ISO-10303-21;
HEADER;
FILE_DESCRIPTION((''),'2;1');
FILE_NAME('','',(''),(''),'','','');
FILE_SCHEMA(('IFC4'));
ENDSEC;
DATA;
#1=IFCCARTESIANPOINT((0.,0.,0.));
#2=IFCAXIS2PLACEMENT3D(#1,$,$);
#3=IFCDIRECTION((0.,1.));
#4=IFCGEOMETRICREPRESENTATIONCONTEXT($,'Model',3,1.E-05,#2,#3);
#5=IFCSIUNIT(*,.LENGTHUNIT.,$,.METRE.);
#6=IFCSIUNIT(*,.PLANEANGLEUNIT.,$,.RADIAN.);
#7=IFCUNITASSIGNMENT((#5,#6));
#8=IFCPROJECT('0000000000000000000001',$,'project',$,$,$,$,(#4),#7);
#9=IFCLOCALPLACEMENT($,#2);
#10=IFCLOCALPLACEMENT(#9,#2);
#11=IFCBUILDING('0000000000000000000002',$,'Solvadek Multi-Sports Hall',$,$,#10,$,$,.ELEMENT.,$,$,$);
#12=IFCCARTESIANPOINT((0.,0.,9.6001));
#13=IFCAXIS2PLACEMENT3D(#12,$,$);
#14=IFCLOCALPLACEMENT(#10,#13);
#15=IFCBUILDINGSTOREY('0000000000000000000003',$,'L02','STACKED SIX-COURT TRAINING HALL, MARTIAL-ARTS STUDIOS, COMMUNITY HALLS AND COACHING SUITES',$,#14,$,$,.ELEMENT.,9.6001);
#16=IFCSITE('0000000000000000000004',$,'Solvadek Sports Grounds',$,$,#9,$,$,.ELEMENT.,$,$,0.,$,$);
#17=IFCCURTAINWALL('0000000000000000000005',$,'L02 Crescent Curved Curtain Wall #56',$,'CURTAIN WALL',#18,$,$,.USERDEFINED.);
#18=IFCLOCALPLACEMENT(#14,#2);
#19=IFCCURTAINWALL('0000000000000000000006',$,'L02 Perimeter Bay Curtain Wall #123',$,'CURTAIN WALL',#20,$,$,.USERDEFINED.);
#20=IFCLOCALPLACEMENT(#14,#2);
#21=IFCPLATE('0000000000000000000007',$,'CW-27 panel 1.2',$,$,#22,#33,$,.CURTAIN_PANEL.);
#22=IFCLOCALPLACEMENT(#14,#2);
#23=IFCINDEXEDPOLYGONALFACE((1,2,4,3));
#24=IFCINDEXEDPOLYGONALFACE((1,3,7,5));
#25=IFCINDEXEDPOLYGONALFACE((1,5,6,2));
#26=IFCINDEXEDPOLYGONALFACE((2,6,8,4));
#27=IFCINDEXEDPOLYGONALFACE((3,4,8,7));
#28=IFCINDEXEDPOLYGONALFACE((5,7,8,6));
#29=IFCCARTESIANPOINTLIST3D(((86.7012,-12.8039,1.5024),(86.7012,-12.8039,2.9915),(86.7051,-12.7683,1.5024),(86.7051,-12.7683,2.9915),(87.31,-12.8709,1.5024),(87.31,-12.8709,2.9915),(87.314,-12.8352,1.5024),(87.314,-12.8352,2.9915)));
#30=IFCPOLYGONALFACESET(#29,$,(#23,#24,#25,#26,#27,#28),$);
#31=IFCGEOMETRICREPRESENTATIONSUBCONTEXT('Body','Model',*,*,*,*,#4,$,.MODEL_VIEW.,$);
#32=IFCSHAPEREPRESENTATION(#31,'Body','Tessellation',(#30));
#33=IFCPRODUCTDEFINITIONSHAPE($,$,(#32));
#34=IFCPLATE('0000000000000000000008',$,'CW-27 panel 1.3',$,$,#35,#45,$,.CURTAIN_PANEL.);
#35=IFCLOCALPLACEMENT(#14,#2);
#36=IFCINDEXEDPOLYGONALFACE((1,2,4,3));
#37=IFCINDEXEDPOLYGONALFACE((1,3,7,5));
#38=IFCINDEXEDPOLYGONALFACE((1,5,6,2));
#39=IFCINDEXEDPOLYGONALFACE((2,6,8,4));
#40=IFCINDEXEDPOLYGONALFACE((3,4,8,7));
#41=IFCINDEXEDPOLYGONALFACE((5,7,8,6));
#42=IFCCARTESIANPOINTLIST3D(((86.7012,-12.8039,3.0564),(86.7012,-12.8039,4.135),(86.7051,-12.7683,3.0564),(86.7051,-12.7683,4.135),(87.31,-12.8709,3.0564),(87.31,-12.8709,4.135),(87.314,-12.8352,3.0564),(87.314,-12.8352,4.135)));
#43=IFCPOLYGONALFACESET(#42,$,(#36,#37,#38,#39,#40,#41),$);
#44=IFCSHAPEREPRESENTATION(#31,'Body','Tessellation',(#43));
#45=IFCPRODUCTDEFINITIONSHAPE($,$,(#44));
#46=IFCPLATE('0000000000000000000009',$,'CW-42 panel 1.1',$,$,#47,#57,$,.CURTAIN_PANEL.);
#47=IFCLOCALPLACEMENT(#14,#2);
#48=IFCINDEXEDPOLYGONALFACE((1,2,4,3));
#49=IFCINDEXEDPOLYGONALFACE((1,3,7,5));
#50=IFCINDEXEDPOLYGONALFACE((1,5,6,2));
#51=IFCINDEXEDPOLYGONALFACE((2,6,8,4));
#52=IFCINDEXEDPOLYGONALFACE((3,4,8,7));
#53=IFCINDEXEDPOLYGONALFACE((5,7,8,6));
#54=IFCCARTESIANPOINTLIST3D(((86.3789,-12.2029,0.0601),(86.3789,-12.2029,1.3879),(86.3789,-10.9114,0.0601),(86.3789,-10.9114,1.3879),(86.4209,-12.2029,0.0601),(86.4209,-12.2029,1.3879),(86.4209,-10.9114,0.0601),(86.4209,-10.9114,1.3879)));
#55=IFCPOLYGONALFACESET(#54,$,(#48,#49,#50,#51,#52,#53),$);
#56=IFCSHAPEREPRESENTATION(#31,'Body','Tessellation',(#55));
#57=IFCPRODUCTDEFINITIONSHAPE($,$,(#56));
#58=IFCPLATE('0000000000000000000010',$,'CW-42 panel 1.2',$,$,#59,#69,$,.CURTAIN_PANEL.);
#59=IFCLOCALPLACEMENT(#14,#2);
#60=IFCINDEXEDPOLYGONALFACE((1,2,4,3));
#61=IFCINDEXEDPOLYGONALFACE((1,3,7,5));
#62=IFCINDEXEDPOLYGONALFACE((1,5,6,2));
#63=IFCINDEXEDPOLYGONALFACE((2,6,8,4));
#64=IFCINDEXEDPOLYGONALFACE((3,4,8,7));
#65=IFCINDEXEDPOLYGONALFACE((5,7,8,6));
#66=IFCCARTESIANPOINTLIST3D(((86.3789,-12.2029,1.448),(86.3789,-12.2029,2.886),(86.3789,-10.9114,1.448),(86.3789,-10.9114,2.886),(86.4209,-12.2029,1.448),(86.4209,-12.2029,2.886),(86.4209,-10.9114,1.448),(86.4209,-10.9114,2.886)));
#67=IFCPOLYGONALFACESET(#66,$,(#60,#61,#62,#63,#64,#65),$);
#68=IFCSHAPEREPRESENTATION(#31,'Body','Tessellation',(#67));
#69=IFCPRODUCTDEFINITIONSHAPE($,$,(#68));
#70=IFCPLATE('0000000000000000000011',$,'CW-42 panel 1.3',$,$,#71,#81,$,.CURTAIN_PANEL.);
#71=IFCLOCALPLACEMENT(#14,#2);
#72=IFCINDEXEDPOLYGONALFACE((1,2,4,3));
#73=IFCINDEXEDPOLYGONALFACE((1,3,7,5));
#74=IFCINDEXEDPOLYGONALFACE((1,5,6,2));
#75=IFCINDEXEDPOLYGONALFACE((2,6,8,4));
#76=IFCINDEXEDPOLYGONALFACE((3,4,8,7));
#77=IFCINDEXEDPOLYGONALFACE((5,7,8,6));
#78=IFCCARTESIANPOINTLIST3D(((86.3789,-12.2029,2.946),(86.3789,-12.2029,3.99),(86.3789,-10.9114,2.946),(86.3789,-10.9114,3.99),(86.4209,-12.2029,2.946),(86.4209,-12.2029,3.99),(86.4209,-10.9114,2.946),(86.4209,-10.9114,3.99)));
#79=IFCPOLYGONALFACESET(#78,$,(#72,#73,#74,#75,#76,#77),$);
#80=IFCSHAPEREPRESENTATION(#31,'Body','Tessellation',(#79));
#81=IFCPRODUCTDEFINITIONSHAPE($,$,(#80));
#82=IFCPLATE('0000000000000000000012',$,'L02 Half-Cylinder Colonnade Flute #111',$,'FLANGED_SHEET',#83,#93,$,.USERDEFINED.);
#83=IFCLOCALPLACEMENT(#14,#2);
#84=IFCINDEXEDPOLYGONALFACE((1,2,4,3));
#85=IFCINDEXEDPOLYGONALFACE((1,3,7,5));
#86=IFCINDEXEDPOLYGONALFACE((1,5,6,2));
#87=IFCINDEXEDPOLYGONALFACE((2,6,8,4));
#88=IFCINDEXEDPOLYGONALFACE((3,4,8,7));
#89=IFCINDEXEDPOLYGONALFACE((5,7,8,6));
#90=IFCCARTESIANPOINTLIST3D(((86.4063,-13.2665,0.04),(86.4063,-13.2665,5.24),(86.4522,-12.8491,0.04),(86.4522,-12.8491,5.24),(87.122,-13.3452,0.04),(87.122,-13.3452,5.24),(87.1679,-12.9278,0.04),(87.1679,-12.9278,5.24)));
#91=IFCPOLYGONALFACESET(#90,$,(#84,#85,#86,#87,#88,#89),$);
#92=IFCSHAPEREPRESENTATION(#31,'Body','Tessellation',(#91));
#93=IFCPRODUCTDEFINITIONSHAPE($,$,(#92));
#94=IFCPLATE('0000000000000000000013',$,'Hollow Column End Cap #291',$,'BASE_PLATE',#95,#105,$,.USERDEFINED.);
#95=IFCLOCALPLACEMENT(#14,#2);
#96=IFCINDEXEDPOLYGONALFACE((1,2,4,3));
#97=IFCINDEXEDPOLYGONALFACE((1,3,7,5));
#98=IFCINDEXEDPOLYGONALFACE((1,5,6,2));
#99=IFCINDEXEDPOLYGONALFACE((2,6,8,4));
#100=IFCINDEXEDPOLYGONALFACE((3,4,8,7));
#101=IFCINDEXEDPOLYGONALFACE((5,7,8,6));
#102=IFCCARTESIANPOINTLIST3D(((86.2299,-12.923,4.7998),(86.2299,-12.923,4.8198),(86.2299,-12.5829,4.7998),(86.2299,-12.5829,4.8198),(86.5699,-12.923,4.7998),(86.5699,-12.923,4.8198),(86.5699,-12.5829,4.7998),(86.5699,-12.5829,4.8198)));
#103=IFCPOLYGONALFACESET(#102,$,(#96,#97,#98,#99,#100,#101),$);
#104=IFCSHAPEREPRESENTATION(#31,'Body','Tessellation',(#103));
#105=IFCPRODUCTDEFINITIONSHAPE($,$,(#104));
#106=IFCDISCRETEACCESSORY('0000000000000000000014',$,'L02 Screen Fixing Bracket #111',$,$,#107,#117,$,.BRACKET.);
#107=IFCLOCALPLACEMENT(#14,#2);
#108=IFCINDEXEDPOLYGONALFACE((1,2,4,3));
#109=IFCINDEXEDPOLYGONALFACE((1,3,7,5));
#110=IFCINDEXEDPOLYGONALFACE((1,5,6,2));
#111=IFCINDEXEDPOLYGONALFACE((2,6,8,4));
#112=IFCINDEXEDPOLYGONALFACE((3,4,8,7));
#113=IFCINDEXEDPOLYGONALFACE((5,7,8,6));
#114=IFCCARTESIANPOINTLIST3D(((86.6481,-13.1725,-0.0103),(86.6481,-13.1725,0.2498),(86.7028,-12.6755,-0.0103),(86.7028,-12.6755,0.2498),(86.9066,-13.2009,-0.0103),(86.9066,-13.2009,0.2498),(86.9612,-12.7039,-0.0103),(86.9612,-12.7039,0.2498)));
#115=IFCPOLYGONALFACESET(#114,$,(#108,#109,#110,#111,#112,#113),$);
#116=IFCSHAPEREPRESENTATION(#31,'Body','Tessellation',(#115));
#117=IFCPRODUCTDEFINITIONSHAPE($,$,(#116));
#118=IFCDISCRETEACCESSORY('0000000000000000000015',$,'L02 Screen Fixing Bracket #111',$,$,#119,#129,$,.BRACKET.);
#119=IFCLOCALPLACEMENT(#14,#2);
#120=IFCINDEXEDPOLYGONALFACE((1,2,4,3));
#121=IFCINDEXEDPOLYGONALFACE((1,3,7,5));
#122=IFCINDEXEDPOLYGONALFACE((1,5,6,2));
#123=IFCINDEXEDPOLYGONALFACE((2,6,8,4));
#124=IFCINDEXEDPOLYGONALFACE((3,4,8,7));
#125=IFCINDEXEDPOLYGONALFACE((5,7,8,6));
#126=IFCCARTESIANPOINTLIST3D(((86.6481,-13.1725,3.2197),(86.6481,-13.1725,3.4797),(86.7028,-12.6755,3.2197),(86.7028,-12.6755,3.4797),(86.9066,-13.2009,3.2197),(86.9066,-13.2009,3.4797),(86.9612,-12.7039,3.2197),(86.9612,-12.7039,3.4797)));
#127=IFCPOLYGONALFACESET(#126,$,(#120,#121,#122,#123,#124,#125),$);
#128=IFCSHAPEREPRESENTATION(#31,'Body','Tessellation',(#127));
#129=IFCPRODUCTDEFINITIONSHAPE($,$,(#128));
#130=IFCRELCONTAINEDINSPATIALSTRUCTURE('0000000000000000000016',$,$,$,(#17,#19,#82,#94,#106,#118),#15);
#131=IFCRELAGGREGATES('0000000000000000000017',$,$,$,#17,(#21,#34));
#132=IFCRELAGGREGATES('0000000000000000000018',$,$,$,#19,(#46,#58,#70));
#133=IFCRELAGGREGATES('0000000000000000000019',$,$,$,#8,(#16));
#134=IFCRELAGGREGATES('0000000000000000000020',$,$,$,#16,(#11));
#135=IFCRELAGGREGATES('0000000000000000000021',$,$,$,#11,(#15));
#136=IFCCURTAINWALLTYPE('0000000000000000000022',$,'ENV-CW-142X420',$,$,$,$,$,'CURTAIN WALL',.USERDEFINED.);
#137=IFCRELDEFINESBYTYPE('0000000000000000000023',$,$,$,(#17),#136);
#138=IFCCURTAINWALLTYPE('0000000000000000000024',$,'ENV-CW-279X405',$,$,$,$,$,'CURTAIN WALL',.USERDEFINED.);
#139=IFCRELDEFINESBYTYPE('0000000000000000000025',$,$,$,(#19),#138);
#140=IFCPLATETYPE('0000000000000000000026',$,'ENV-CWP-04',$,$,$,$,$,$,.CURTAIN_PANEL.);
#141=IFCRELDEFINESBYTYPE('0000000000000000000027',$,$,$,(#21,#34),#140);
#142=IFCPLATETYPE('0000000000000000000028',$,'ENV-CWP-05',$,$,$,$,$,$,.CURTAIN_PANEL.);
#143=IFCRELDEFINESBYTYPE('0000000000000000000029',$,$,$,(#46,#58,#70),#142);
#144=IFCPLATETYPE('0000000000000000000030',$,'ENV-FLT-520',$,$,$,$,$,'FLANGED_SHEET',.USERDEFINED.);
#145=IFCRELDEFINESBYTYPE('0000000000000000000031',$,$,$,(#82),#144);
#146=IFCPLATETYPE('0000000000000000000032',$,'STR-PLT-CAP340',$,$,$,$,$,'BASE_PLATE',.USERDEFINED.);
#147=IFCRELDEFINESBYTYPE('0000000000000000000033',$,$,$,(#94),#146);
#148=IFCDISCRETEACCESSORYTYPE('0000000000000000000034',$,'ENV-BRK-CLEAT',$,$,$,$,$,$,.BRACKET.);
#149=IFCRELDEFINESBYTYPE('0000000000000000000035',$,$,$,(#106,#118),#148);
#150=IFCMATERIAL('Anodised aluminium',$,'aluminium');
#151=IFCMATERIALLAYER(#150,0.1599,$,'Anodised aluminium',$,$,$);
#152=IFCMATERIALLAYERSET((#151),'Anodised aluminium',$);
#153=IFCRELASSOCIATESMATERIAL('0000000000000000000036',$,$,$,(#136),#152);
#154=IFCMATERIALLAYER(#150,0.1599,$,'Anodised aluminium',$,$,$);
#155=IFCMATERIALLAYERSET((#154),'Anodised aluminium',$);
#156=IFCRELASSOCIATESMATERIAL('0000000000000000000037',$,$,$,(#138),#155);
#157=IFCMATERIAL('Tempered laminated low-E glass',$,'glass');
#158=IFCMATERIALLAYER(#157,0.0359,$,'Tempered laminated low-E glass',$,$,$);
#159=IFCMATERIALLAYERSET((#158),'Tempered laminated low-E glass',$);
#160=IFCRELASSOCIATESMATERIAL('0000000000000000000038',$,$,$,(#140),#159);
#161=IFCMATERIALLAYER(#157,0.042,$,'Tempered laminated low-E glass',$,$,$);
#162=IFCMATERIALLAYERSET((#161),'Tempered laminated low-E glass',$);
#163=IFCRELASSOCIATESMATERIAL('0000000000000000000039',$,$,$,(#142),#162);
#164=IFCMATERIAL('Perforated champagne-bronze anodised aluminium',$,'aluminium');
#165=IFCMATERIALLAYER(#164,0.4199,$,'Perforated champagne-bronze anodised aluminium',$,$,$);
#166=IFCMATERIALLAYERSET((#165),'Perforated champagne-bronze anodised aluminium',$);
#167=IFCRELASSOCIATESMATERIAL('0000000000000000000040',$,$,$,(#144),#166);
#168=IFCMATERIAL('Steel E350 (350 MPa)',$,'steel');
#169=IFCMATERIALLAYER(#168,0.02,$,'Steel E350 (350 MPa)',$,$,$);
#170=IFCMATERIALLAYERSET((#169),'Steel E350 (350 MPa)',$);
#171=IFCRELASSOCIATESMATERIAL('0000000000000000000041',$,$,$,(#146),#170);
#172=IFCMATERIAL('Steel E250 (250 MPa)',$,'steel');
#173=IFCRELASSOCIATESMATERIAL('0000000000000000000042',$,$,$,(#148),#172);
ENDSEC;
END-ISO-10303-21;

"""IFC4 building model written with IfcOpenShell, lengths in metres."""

from ifc_helpers import new_model, si_unit, direction, frame, origin, origin_2d, place, context, subcontext, project, spatial, rectangle, extrude, material, layer, layer_set, type_object, element, aggregate, save


model = new_model("IFC4")

# Units and contexts
model_context = context("Model", 3, precision=1e-05, world=origin(), true_north=direction((0.0, 1.0)))
body_context = subcontext(model_context, "Body", "Model", "MODEL_VIEW")
ifc_project = project(units=[si_unit("LENGTHUNIT", "METRE"), si_unit("PLANEANGLEUNIT", "RADIAN")], contexts=[model_context])

# Site, building, storey
site_placement = place(None, origin())
site = spatial("IfcSite", under=ifc_project, at=site_placement, Name="Solvadek Sports Grounds", CompositionType="ELEMENT", RefElevation=0.0)
building_placement = place(site_placement, origin())
building = spatial("IfcBuilding", under=site, at=building_placement, Name="Solvadek Multi-Sports Hall", CompositionType="ELEMENT")
storey_placement = place(building_placement, frame((0.0, 0.0, 9.6001)))
storey = spatial("IfcBuildingStorey", under=building, at=storey_placement, Name="L02", Description="STACKED SIX-COURT TRAINING HALL, MARTIAL-ARTS STUDIOS, COMMUNITY HALLS AND COACHING SUITES", CompositionType="ELEMENT", Elevation=9.6001)

# Shared definitions
ifc_material_1 = material(Name="Steel E350 (350 MPa)", Category="steel")

# Curtain walls
ifc_material_2 = material(Name="Anodised aluminium", Category="aluminium")
ifc_layer_1 = layer(ifc_material_2, 0.1599, Name="Anodised aluminium")
ifc_layer_set_1 = layer_set([ifc_layer_1], Name="Anodised aluminium")
curtain_wall_type_1 = type_object("IfcCurtainWallType", Name="ENV-CW-142X420", ElementType="CURTAIN WALL", PredefinedType="USERDEFINED", material=ifc_layer_set_1)
curtain_wall_1_placement = place(storey_placement, origin())
curtain_wall_1 = element("IfcCurtainWall", 1, at=curtain_wall_1_placement, inside=storey, type_object=curtain_wall_type_1, Name="L02 Crescent Curved Curtain Wall #56", ObjectType="CURTAIN WALL", PredefinedType="USERDEFINED")
ifc_layer_2 = layer(ifc_material_2, 0.1599, Name="Anodised aluminium")
ifc_layer_set_2 = layer_set([ifc_layer_2], Name="Anodised aluminium")
curtain_wall_type_2 = type_object("IfcCurtainWallType", Name="ENV-CW-279X405", ElementType="CURTAIN WALL", PredefinedType="USERDEFINED", material=ifc_layer_set_2)
curtain_wall_2_placement = place(storey_placement, origin())
curtain_wall_2 = element("IfcCurtainWall", 2, at=curtain_wall_2_placement, inside=storey, type_object=curtain_wall_type_2, Name="L02 Perimeter Bay Curtain Wall #123", ObjectType="CURTAIN WALL", PredefinedType="USERDEFINED")

# Shared definitions
ifc_material_3 = material(Name="Steel E250 (250 MPa)", Category="steel")

# Plates
ifc_material_4 = material(Name="Tempered laminated low-E glass", Category="glass")
ifc_layer_3 = layer(ifc_material_4, 0.0359, Name="Tempered laminated low-E glass")
ifc_layer_set_3 = layer_set([ifc_layer_3], Name="Tempered laminated low-E glass")
plate_type_1 = type_object("IfcPlateType", Name="ENV-CWP-04", PredefinedType="CURTAIN_PANEL", material=ifc_layer_set_3)
plate_1_placement = place(storey_placement, frame((87.0076, -12.8196, 1.5024), z_axis=(0.0, 0.0, 1.0), x_axis=(0.99401, -0.109288, 0.0)))
plate_1 = element("IfcPlate", 3, at=plate_1_placement, type_object=plate_type_1, Name="CW-27 panel 1.2", PredefinedType="CURTAIN_PANEL", context=body_context, shape_type="SweptSolid", body=[
    extrude(rectangle(XDim=0.6125, YDim=0.0359, at=origin_2d()), origin(), (0.0, 0.0, 1.0), 1.489),
])
plate_2_placement = place(storey_placement, frame((87.0076, -12.8196, 3.0564), z_axis=(0.0, 0.0, 1.0), x_axis=(0.99401, -0.109288, 0.0)))
plate_2 = element("IfcPlate", 4, at=plate_2_placement, type_object=plate_type_1, Name="CW-27 panel 1.3", PredefinedType="CURTAIN_PANEL", context=body_context, shape_type="SweptSolid", body=[
    extrude(rectangle(XDim=0.6125, YDim=0.0359, at=origin_2d()), origin(), (0.0, 0.0, 1.0), 1.0786),
])
aggregate(curtain_wall_1, [plate_1, plate_2])
ifc_layer_4 = layer(ifc_material_4, 0.042, Name="Tempered laminated low-E glass")
ifc_layer_set_4 = layer_set([ifc_layer_4], Name="Tempered laminated low-E glass")
plate_type_2 = type_object("IfcPlateType", Name="ENV-CWP-05", PredefinedType="CURTAIN_PANEL", material=ifc_layer_set_4)
plate_3_placement = place(storey_placement, frame((86.3999, -11.5571, 0.0601), z_axis=(0.0, 0.0, 1.0), x_axis=(0.0, 1.0, 0.0)))
plate_3 = element("IfcPlate", 5, at=plate_3_placement, type_object=plate_type_2, Name="CW-42 panel 1.1", PredefinedType="CURTAIN_PANEL", context=body_context, shape_type="SweptSolid", body=[
    extrude(rectangle(XDim=1.2915, YDim=0.042, at=origin_2d()), origin(), (0.0, 0.0, 1.0), 1.3279),
])
plate_4_placement = place(storey_placement, frame((86.3999, -11.5571, 1.448), z_axis=(0.0, 0.0, 1.0), x_axis=(0.0, 1.0, 0.0)))
plate_4 = element("IfcPlate", 6, at=plate_4_placement, type_object=plate_type_2, Name="CW-42 panel 1.2", PredefinedType="CURTAIN_PANEL", context=body_context, shape_type="SweptSolid", body=[
    extrude(rectangle(XDim=1.2915, YDim=0.042, at=origin_2d()), origin(), (0.0, 0.0, 1.0), 1.438),
])
plate_5_placement = place(storey_placement, frame((86.3999, -11.5571, 2.946), z_axis=(0.0, 0.0, 1.0), x_axis=(0.0, 1.0, 0.0)))
plate_5 = element("IfcPlate", 7, at=plate_5_placement, type_object=plate_type_2, Name="CW-42 panel 1.3", PredefinedType="CURTAIN_PANEL", context=body_context, shape_type="SweptSolid", body=[
    extrude(rectangle(XDim=1.2915, YDim=0.042, at=origin_2d()), origin(), (0.0, 0.0, 1.0), 1.0439),
])
aggregate(curtain_wall_2, [plate_3, plate_4, plate_5])

# Plates
ifc_material_5 = material(Name="Perforated champagne-bronze anodised aluminium", Category="aluminium")
ifc_layer_5 = layer(ifc_material_5, 0.4199, Name="Perforated champagne-bronze anodised aluminium")
ifc_layer_set_5 = layer_set([ifc_layer_5], Name="Perforated champagne-bronze anodised aluminium")
plate_type_3 = type_object("IfcPlateType", Name="ENV-FLT-520", ElementType="FLANGED_SHEET", PredefinedType="USERDEFINED", material=ifc_layer_set_5)
plate_6_placement = place(storey_placement, frame((86.7871, -13.0972, 0.04), z_axis=(0.0, 0.0, 1.0), x_axis=(0.994011, -0.109282, 0.0)))
element("IfcPlate", 8, at=plate_6_placement, inside=storey, type_object=plate_type_3, Name="L02 Half-Cylinder Colonnade Flute #111", ObjectType="FLANGED_SHEET", PredefinedType="USERDEFINED", context=body_context, shape_type="SweptSolid", body=[
    extrude(rectangle(XDim=0.72, YDim=0.4199, at=origin_2d()), origin(), (0.0, 0.0, 1.0), 5.2),
])
ifc_layer_6 = layer(ifc_material_1, 0.02, Name="Steel E350 (350 MPa)")
ifc_layer_set_6 = layer_set([ifc_layer_6], Name="Steel E350 (350 MPa)")
plate_type_4 = type_object("IfcPlateType", Name="STR-PLT-CAP340", ElementType="BASE_PLATE", PredefinedType="USERDEFINED", material=ifc_layer_set_6)
plate_7_placement = place(storey_placement, frame((86.3999, -12.7529, 4.7998), z_axis=(0.0, 0.0, 1.0), x_axis=(1.0, 0.0, 0.0)))
element("IfcPlate", 9, at=plate_7_placement, inside=storey, type_object=plate_type_4, Name="Hollow Column End Cap #291", ObjectType="BASE_PLATE", PredefinedType="USERDEFINED", context=body_context, shape_type="SweptSolid", body=[
    extrude(rectangle(XDim=0.3401, YDim=0.3401, at=origin_2d()), origin(), (0.0, 0.0, 1.0), 0.02),
])

# Discrete accessories
discrete_accessory_type = type_object("IfcDiscreteAccessoryType", Name="ENV-BRK-CLEAT", PredefinedType="BRACKET", material=ifc_material_3)
for number, where, z_axis, x_axis, name in (
    (10, (86.8047, -12.9382, -0.0103), (0.0, 0.0, 1.0), (0.994011, -0.109282, 0.0), "L02 Screen Fixing Bracket #111"),
    (11, (86.8047, -12.9382, 3.2197), (0.0, 0.0, 1.0), (0.994011, -0.109282, 0.0), "L02 Screen Fixing Bracket #111"),
):
    element("IfcDiscreteAccessory", number, at=place(storey_placement, frame(where, z_axis=z_axis, x_axis=x_axis)), inside=storey, type_object=discrete_accessory_type, Name=name, PredefinedType="BRACKET", context=body_context, shape_type="SweptSolid", body=[
        extrude(rectangle(XDim=0.26, YDim=0.5, at=origin_2d()), origin(), (0.0, 0.0, 1.0), 0.26),
    ])

save(model, "model.ifc")
